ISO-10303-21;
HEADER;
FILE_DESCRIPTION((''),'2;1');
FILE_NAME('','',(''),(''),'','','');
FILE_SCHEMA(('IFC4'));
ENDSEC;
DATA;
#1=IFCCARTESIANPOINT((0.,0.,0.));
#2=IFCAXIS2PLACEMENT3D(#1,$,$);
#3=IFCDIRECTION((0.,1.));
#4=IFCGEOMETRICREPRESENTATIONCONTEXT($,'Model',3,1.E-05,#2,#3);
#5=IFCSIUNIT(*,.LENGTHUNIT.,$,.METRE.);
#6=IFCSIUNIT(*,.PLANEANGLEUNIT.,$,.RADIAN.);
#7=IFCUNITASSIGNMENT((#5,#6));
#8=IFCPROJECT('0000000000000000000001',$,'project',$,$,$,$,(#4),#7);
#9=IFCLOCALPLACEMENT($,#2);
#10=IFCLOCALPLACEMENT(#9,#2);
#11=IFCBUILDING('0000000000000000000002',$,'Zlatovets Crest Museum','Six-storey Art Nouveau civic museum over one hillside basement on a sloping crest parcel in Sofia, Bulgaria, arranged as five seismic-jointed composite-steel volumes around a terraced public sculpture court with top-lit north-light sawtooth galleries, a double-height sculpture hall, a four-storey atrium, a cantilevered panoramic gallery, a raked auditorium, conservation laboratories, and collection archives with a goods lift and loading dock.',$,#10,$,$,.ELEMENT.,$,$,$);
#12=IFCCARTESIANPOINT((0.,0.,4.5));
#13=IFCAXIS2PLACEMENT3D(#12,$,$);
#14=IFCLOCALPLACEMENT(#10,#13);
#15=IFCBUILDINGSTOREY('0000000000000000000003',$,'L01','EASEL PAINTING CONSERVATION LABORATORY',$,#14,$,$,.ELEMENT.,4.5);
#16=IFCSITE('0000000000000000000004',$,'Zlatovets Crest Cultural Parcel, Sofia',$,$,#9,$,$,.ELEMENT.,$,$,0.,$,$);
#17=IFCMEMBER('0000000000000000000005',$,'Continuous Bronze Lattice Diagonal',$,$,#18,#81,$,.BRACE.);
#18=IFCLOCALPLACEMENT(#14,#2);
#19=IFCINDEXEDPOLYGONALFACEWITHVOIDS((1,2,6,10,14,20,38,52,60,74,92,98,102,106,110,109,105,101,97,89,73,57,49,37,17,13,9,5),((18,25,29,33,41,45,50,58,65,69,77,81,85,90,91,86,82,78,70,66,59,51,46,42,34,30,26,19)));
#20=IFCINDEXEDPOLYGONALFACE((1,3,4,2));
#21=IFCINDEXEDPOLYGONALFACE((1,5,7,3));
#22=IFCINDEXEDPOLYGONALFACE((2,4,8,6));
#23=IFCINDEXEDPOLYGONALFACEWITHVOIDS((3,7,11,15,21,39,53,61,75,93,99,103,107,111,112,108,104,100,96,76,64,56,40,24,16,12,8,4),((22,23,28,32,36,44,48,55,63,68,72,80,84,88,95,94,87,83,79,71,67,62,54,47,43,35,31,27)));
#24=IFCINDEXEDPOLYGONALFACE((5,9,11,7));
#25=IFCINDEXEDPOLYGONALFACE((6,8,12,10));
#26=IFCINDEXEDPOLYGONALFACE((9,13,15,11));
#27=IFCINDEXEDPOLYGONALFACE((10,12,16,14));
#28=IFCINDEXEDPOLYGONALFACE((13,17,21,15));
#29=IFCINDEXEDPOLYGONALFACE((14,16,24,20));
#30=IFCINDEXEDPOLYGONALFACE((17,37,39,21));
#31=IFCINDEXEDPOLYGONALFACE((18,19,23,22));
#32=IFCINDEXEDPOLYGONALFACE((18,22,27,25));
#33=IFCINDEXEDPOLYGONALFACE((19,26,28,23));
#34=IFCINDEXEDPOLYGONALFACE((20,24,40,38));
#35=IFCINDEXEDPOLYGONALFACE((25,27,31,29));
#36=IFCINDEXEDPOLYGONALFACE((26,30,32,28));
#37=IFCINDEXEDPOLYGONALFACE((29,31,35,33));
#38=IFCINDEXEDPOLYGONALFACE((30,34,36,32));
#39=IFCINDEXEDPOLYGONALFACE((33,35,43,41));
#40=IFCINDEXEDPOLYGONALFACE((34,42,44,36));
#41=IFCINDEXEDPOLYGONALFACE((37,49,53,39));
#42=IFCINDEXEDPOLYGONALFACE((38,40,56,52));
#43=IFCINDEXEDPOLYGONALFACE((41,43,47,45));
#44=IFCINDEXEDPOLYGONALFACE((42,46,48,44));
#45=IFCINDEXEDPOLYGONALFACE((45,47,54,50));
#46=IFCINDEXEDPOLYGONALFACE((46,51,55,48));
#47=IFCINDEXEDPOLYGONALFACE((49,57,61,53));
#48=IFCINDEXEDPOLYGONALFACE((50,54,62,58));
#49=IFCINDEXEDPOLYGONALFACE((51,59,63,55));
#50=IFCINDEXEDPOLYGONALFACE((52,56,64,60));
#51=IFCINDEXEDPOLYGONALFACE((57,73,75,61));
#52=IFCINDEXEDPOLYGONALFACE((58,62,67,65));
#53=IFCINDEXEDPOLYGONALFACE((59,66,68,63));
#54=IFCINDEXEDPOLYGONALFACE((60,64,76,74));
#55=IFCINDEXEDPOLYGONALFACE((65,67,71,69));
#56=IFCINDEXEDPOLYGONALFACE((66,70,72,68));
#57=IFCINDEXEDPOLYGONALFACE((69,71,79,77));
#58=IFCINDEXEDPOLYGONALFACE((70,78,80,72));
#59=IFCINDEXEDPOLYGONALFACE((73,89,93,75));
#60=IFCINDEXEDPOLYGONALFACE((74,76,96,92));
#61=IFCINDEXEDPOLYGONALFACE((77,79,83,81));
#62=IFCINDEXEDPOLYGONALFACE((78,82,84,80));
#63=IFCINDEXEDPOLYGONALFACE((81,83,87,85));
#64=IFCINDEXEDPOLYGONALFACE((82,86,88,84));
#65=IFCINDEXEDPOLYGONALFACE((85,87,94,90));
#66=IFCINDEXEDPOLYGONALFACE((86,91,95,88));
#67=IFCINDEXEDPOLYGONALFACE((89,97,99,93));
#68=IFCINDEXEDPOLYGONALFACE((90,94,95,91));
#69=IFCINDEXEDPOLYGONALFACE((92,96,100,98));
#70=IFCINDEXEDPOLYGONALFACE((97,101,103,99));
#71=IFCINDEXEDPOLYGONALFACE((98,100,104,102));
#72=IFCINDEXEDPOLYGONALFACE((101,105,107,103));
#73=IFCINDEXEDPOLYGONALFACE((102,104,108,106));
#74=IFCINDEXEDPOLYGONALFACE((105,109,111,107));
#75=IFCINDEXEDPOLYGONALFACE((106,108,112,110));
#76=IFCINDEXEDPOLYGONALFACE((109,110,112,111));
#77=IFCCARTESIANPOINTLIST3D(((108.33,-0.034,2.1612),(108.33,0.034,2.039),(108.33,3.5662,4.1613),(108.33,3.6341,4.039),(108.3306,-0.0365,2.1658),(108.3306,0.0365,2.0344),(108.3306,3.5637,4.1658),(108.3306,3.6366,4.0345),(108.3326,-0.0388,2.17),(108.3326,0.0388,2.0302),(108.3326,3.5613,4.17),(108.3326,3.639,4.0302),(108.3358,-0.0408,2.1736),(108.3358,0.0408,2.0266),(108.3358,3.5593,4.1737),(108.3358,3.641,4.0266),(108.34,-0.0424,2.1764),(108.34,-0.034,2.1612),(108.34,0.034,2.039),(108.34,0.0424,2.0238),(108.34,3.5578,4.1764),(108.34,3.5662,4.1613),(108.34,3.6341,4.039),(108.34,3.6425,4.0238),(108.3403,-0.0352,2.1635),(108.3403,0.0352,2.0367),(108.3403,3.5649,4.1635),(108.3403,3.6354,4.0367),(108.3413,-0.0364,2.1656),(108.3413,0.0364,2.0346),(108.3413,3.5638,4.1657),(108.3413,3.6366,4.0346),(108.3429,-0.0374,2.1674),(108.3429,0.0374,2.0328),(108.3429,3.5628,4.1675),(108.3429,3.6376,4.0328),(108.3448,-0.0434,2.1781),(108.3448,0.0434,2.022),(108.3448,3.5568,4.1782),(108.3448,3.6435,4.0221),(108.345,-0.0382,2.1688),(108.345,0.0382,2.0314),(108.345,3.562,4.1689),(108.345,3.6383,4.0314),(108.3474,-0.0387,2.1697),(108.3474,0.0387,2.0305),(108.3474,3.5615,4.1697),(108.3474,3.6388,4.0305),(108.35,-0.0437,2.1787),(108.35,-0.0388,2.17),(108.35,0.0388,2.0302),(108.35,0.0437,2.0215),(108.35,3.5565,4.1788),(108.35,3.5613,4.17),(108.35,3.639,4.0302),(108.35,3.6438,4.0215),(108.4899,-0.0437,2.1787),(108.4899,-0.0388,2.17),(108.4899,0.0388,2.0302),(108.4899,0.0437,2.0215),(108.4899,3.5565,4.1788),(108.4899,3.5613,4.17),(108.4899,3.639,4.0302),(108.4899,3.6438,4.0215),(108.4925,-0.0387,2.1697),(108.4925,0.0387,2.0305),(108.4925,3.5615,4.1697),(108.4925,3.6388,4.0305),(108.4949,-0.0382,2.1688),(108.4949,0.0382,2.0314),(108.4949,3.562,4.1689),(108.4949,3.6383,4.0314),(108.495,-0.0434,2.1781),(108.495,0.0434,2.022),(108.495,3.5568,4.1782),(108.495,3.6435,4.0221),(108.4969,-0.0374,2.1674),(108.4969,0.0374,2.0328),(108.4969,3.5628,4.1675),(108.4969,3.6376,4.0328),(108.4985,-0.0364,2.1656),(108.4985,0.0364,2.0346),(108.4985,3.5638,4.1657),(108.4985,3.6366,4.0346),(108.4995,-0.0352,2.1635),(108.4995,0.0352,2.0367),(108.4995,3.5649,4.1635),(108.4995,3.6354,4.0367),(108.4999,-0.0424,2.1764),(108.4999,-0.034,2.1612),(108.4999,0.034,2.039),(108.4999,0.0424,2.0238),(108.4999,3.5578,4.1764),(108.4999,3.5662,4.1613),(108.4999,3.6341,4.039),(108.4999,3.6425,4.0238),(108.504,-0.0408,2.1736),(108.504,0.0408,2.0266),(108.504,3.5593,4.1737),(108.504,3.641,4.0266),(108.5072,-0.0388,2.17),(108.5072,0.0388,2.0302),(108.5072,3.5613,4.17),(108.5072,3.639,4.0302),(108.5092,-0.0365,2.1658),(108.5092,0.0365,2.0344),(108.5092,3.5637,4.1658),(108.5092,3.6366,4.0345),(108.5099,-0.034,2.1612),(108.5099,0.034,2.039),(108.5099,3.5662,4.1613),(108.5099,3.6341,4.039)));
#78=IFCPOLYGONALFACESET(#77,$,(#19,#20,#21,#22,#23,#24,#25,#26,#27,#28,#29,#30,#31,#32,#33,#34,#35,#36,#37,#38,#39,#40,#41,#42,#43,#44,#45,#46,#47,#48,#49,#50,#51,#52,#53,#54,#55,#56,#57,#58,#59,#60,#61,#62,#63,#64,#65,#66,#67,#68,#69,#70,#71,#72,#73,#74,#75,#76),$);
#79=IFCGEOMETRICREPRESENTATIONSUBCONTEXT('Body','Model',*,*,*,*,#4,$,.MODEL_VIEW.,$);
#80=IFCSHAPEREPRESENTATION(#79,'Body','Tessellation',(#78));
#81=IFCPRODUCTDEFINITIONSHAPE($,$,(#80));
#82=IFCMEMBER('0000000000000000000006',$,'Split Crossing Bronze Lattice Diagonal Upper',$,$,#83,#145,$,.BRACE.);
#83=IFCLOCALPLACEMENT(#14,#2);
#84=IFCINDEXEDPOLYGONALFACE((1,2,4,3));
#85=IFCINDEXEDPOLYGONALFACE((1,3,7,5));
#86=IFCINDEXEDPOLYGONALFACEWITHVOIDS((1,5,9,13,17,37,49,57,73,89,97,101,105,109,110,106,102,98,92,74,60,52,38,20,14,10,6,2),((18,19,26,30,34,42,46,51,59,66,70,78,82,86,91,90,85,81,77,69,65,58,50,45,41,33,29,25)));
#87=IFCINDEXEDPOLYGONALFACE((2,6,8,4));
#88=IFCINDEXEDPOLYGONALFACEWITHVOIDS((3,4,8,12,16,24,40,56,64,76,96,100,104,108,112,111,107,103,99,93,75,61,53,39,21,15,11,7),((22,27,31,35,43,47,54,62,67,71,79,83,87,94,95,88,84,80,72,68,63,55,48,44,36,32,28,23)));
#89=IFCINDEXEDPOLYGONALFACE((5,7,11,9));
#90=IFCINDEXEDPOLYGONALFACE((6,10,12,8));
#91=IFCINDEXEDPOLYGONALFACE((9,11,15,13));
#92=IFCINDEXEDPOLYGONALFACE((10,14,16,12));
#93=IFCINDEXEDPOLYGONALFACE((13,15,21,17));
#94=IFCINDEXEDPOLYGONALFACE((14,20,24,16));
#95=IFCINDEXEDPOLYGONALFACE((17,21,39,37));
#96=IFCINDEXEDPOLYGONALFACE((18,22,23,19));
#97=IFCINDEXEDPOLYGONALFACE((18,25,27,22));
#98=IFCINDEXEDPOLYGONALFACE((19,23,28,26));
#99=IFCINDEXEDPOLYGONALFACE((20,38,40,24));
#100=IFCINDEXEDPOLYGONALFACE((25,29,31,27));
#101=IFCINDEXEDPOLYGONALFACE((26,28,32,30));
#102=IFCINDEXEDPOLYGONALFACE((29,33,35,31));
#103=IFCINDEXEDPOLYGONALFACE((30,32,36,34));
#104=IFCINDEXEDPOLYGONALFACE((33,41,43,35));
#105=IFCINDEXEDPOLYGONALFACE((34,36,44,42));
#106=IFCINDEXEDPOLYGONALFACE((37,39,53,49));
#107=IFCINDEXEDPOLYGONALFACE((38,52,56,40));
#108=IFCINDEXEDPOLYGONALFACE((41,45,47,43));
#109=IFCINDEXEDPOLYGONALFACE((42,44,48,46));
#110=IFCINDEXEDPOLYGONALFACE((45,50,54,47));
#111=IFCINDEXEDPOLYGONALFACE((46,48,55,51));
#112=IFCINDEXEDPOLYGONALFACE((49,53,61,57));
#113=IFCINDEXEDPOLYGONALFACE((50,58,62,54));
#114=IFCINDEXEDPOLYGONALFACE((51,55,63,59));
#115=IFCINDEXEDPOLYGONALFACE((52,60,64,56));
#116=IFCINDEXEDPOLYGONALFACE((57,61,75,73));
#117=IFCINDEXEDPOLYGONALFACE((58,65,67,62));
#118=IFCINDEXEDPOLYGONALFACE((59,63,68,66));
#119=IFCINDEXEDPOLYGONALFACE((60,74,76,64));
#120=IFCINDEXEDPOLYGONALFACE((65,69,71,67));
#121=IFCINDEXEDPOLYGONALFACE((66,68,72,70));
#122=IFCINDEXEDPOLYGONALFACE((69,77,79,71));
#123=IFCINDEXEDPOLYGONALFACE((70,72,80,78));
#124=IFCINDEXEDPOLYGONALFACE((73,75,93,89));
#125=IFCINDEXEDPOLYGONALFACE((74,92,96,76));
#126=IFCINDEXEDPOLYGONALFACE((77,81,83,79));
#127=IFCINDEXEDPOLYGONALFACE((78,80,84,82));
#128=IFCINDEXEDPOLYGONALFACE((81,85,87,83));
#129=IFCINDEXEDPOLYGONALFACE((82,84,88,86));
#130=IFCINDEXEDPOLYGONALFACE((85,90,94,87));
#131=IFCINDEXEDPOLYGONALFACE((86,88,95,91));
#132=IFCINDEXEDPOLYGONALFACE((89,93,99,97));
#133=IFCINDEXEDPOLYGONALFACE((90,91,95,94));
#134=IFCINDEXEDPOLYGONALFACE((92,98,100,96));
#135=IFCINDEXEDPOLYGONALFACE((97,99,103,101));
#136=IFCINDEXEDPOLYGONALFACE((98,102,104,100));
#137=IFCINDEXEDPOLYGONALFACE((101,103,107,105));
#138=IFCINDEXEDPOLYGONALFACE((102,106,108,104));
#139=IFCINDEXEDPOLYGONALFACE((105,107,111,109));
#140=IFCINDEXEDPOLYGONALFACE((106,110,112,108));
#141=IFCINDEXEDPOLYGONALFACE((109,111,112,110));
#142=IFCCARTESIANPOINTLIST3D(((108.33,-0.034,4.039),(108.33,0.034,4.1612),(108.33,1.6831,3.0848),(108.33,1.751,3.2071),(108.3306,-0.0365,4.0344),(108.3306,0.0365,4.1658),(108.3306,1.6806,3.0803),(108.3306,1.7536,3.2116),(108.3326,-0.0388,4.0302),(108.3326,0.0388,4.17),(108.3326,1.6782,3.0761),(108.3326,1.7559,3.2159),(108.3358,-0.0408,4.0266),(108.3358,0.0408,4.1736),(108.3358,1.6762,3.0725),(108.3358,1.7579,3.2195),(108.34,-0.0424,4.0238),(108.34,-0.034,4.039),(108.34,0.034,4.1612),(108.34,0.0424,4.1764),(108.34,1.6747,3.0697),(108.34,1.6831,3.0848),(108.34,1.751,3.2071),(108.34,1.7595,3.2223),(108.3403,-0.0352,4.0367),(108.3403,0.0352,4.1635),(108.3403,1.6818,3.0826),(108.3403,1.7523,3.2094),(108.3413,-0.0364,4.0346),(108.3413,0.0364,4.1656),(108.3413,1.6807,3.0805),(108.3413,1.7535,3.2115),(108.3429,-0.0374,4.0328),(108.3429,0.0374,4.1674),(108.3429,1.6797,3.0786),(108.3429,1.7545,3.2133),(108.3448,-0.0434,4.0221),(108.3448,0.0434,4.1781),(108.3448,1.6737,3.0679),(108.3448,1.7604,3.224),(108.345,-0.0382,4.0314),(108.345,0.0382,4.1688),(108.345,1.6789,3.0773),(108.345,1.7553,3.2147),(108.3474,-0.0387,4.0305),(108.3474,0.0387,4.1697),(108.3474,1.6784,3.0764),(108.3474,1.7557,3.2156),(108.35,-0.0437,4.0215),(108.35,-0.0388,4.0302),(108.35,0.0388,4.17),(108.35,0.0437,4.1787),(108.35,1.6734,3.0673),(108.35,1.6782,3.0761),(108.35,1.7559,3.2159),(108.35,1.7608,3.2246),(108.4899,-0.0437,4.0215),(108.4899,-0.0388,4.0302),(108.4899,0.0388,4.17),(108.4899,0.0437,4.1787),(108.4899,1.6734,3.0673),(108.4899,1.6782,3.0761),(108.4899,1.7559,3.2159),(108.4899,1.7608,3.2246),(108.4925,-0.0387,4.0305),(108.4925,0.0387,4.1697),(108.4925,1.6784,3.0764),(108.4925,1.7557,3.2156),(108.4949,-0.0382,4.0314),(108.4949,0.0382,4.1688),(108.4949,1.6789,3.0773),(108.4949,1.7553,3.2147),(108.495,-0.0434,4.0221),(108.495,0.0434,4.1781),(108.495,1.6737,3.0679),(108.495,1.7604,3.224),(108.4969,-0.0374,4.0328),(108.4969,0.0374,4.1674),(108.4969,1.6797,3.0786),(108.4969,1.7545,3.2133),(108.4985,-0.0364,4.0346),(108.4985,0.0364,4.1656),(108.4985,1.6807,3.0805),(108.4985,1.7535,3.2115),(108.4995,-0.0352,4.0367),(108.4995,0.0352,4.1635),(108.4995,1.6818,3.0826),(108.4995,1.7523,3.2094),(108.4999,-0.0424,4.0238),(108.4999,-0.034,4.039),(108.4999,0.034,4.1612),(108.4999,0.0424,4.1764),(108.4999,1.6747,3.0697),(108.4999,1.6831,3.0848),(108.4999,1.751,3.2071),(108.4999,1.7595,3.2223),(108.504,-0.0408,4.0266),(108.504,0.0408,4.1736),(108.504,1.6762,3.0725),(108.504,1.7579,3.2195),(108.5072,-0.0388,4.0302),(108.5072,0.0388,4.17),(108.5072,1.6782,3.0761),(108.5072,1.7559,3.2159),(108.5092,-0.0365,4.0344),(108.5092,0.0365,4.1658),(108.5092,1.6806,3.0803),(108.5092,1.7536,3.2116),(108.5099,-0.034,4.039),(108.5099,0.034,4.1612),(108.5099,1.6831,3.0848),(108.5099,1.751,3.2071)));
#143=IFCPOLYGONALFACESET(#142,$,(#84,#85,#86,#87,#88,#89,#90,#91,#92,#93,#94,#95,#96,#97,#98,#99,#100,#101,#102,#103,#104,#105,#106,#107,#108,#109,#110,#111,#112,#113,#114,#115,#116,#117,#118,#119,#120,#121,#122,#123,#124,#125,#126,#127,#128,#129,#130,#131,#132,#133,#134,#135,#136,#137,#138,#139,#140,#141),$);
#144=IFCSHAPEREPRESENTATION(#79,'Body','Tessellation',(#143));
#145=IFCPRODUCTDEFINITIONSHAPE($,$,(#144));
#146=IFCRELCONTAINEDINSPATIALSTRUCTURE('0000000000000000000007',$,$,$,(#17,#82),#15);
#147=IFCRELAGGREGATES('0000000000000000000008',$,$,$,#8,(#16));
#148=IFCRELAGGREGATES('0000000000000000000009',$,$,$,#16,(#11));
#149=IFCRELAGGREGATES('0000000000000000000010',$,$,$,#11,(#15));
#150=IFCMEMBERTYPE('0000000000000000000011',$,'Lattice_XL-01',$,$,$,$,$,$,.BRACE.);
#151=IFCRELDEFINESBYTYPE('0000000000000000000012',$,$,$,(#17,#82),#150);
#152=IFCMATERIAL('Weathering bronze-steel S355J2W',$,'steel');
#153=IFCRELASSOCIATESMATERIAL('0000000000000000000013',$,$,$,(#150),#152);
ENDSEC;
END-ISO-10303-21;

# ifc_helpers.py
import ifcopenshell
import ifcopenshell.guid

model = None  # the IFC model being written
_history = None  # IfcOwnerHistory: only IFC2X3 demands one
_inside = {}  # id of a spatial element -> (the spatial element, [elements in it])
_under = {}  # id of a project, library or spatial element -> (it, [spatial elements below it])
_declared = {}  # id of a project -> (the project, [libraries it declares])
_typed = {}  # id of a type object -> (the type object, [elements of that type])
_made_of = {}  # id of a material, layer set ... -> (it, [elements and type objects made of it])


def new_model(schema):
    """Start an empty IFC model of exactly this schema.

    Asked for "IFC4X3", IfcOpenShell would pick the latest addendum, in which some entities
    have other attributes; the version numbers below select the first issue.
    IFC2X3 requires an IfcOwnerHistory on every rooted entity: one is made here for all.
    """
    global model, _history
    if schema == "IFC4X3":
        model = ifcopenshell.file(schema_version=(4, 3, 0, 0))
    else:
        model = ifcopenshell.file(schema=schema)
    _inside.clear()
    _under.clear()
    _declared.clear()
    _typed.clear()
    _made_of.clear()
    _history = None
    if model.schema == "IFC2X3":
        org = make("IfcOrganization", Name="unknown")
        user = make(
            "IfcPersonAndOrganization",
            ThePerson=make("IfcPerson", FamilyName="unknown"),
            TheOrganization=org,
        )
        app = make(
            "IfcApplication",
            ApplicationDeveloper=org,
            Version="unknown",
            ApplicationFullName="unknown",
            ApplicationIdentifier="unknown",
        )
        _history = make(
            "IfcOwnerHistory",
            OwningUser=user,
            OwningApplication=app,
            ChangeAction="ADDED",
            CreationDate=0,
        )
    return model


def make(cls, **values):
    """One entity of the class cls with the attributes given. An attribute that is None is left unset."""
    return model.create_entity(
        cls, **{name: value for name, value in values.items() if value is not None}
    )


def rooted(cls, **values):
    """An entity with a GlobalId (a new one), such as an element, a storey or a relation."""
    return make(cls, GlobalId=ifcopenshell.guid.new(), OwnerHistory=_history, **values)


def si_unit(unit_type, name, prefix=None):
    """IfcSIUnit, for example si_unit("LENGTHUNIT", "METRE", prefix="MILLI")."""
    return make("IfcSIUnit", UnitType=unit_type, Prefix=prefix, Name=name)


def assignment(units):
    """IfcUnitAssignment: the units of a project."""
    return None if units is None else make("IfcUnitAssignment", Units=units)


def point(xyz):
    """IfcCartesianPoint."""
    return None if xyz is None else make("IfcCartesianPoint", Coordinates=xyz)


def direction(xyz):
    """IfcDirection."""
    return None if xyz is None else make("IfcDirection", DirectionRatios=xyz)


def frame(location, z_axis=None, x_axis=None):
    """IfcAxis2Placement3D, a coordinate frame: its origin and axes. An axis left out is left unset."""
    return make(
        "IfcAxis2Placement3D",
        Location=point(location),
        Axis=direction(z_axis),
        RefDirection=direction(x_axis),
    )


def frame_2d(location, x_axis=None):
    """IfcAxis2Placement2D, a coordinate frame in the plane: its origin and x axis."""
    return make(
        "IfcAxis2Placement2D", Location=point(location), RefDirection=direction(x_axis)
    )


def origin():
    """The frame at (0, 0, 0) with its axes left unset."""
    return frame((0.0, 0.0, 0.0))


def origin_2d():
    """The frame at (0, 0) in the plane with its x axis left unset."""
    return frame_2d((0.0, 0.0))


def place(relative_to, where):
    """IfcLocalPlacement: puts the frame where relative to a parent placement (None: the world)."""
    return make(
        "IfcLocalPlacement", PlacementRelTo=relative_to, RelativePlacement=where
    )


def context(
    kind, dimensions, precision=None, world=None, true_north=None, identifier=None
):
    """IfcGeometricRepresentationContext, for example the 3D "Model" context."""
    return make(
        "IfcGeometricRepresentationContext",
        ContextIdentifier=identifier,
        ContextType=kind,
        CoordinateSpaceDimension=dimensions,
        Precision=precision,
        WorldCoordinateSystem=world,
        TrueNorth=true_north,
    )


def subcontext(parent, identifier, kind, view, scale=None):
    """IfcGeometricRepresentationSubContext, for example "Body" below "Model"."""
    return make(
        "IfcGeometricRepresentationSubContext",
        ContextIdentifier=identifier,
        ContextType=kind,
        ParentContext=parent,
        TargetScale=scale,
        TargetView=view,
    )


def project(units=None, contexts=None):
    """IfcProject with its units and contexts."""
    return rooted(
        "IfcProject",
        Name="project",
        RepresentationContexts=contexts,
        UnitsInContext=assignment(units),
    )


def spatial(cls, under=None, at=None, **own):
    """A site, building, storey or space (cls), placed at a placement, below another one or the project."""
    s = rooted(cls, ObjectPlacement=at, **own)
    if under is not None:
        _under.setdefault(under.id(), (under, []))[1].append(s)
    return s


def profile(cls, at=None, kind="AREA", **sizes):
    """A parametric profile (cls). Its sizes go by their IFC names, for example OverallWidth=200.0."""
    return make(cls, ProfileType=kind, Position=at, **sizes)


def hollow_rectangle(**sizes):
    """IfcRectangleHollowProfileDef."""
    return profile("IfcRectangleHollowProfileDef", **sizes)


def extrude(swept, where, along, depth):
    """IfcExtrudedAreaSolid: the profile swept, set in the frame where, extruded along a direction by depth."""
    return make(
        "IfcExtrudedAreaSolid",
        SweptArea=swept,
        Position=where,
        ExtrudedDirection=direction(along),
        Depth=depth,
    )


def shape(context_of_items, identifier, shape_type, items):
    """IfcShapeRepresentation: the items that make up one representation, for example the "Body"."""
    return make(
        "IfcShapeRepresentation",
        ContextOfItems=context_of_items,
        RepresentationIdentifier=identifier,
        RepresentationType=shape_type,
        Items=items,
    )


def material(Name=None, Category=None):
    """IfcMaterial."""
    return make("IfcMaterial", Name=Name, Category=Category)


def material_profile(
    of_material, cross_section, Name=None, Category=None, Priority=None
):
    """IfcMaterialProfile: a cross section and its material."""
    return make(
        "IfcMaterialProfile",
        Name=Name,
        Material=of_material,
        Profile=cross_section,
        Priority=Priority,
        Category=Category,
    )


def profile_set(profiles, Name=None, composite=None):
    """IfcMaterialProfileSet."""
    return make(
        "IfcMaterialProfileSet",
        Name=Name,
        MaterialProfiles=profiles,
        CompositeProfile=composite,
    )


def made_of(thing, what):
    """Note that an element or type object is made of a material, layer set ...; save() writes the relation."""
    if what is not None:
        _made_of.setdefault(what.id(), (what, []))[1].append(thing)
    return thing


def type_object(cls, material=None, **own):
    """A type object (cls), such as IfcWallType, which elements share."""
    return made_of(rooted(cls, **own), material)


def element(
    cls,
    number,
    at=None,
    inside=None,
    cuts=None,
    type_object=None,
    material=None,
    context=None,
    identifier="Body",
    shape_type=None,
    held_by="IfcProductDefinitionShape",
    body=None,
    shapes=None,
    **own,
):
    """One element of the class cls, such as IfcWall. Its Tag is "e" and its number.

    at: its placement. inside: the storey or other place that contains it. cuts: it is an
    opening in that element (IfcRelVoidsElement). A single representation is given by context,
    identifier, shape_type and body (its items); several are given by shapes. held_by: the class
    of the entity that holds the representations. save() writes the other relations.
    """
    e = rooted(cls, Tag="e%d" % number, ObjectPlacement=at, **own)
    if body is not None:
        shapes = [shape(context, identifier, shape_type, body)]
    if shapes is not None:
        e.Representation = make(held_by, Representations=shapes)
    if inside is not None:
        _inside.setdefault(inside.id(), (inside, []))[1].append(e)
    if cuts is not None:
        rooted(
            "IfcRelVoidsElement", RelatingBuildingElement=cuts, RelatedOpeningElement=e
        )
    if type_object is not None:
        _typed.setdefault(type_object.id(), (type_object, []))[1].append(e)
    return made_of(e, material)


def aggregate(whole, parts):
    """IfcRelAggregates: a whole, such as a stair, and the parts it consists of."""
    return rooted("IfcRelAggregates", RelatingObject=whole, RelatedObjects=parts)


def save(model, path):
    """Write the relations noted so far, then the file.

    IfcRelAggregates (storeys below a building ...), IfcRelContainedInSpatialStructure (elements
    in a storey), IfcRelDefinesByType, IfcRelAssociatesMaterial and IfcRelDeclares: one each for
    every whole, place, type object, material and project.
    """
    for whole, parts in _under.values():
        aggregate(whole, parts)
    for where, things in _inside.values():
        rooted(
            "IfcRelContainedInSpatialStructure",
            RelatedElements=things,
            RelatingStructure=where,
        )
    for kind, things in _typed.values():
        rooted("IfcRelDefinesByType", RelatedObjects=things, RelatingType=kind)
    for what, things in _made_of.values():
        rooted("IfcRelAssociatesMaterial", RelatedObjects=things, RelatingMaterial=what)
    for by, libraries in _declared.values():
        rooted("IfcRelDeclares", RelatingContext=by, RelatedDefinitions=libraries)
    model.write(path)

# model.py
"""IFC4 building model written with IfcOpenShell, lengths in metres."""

from ifc_helpers import new_model, si_unit, direction, frame, origin, origin_2d, place, context, subcontext, project, spatial, hollow_rectangle, extrude, material, material_profile, profile_set, type_object, element, save


model = new_model("IFC4")

# Units and contexts
model_context = context("Model", 3, precision=1e-05, world=origin(), true_north=direction((0.0, 1.0)))
body_context = subcontext(model_context, "Body", "Model", "MODEL_VIEW")
ifc_project = project(units=[si_unit("LENGTHUNIT", "METRE"), si_unit("PLANEANGLEUNIT", "RADIAN")], contexts=[model_context])

# Site, building, storey
site_placement = place(None, origin())
site = spatial("IfcSite", under=ifc_project, at=site_placement, Name="Zlatovets Crest Cultural Parcel, Sofia", CompositionType="ELEMENT", RefElevation=0.0)
building_placement = place(site_placement, origin())
building = spatial("IfcBuilding", under=site, at=building_placement, Name="Zlatovets Crest Museum", Description="Six-storey Art Nouveau civic museum over one hillside basement on a sloping crest parcel in Sofia, Bulgaria, arranged as five seismic-jointed composite-steel volumes around a terraced public sculpture court with top-lit north-light sawtooth galleries, a double-height sculpture hall, a four-storey atrium, a cantilevered panoramic gallery, a raked auditorium, conservation laboratories, and collection archives with a goods lift and loading dock.", CompositionType="ELEMENT")
storey_placement = place(building_placement, frame((0.0, 0.0, 4.5)))
storey = spatial("IfcBuildingStorey", under=building, at=storey_placement, Name="L01", Description="EASEL PAINTING CONSERVATION LABORATORY", CompositionType="ELEMENT", Elevation=4.5)

# Members
ifc_material_1 = material(Name="Weathering bronze-steel S355J2W", Category="steel")
ifc_material_profile_1 = material_profile(ifc_material_1, hollow_rectangle(XDim=0.1799, YDim=0.1799, WallThickness=0.01, InnerFilletRadius=0.01, OuterFilletRadius=0.02, at=origin_2d()), Name="SHS 180x180x10.0")
ifc_profile_set_1 = profile_set([ifc_material_profile_1], Name="Weathering bronze-steel S355J2W")
member_type_1 = type_object("IfcMemberType", Name="Lattice_XL-01", PredefinedType="BRACE", material=ifc_profile_set_1)
member_1_placement = place(storey_placement, frame((108.4199, 0.0, 2.1001), z_axis=(0.0, 0.874163, 0.485633), x_axis=(-1.0, 0.0, 0.0)))
element("IfcMember", 1, at=member_1_placement, inside=storey, type_object=member_type_1, Name="Continuous Bronze Lattice Diagonal", PredefinedType="BRACE", context=body_context, shape_type="SweptSolid", body=[
    extrude(hollow_rectangle(XDim=0.1799, YDim=0.1799, WallThickness=0.01, InnerFilletRadius=0.01, OuterFilletRadius=0.02, at=origin_2d()), origin(), (0.0, 0.0, 1.0), 4.1184),
])
member_2_placement = place(storey_placement, frame((108.4199, 0.0, 4.1001), z_axis=(0.0, 0.874116, -0.485717), x_axis=(-1.0, 0.0, 0.0)))
element("IfcMember", 2, at=member_2_placement, inside=storey, type_object=member_type_1, Name="Split Crossing Bronze Lattice Diagonal Upper", PredefinedType="BRACE", context=body_context, shape_type="SweptSolid", body=[
    extrude(hollow_rectangle(XDim=0.1799, YDim=0.1799, WallThickness=0.01, InnerFilletRadius=0.01, OuterFilletRadius=0.02, at=origin_2d()), origin(), (0.0, 0.0, 1.0), 1.9644),
])

save(model, "model.ifc")
